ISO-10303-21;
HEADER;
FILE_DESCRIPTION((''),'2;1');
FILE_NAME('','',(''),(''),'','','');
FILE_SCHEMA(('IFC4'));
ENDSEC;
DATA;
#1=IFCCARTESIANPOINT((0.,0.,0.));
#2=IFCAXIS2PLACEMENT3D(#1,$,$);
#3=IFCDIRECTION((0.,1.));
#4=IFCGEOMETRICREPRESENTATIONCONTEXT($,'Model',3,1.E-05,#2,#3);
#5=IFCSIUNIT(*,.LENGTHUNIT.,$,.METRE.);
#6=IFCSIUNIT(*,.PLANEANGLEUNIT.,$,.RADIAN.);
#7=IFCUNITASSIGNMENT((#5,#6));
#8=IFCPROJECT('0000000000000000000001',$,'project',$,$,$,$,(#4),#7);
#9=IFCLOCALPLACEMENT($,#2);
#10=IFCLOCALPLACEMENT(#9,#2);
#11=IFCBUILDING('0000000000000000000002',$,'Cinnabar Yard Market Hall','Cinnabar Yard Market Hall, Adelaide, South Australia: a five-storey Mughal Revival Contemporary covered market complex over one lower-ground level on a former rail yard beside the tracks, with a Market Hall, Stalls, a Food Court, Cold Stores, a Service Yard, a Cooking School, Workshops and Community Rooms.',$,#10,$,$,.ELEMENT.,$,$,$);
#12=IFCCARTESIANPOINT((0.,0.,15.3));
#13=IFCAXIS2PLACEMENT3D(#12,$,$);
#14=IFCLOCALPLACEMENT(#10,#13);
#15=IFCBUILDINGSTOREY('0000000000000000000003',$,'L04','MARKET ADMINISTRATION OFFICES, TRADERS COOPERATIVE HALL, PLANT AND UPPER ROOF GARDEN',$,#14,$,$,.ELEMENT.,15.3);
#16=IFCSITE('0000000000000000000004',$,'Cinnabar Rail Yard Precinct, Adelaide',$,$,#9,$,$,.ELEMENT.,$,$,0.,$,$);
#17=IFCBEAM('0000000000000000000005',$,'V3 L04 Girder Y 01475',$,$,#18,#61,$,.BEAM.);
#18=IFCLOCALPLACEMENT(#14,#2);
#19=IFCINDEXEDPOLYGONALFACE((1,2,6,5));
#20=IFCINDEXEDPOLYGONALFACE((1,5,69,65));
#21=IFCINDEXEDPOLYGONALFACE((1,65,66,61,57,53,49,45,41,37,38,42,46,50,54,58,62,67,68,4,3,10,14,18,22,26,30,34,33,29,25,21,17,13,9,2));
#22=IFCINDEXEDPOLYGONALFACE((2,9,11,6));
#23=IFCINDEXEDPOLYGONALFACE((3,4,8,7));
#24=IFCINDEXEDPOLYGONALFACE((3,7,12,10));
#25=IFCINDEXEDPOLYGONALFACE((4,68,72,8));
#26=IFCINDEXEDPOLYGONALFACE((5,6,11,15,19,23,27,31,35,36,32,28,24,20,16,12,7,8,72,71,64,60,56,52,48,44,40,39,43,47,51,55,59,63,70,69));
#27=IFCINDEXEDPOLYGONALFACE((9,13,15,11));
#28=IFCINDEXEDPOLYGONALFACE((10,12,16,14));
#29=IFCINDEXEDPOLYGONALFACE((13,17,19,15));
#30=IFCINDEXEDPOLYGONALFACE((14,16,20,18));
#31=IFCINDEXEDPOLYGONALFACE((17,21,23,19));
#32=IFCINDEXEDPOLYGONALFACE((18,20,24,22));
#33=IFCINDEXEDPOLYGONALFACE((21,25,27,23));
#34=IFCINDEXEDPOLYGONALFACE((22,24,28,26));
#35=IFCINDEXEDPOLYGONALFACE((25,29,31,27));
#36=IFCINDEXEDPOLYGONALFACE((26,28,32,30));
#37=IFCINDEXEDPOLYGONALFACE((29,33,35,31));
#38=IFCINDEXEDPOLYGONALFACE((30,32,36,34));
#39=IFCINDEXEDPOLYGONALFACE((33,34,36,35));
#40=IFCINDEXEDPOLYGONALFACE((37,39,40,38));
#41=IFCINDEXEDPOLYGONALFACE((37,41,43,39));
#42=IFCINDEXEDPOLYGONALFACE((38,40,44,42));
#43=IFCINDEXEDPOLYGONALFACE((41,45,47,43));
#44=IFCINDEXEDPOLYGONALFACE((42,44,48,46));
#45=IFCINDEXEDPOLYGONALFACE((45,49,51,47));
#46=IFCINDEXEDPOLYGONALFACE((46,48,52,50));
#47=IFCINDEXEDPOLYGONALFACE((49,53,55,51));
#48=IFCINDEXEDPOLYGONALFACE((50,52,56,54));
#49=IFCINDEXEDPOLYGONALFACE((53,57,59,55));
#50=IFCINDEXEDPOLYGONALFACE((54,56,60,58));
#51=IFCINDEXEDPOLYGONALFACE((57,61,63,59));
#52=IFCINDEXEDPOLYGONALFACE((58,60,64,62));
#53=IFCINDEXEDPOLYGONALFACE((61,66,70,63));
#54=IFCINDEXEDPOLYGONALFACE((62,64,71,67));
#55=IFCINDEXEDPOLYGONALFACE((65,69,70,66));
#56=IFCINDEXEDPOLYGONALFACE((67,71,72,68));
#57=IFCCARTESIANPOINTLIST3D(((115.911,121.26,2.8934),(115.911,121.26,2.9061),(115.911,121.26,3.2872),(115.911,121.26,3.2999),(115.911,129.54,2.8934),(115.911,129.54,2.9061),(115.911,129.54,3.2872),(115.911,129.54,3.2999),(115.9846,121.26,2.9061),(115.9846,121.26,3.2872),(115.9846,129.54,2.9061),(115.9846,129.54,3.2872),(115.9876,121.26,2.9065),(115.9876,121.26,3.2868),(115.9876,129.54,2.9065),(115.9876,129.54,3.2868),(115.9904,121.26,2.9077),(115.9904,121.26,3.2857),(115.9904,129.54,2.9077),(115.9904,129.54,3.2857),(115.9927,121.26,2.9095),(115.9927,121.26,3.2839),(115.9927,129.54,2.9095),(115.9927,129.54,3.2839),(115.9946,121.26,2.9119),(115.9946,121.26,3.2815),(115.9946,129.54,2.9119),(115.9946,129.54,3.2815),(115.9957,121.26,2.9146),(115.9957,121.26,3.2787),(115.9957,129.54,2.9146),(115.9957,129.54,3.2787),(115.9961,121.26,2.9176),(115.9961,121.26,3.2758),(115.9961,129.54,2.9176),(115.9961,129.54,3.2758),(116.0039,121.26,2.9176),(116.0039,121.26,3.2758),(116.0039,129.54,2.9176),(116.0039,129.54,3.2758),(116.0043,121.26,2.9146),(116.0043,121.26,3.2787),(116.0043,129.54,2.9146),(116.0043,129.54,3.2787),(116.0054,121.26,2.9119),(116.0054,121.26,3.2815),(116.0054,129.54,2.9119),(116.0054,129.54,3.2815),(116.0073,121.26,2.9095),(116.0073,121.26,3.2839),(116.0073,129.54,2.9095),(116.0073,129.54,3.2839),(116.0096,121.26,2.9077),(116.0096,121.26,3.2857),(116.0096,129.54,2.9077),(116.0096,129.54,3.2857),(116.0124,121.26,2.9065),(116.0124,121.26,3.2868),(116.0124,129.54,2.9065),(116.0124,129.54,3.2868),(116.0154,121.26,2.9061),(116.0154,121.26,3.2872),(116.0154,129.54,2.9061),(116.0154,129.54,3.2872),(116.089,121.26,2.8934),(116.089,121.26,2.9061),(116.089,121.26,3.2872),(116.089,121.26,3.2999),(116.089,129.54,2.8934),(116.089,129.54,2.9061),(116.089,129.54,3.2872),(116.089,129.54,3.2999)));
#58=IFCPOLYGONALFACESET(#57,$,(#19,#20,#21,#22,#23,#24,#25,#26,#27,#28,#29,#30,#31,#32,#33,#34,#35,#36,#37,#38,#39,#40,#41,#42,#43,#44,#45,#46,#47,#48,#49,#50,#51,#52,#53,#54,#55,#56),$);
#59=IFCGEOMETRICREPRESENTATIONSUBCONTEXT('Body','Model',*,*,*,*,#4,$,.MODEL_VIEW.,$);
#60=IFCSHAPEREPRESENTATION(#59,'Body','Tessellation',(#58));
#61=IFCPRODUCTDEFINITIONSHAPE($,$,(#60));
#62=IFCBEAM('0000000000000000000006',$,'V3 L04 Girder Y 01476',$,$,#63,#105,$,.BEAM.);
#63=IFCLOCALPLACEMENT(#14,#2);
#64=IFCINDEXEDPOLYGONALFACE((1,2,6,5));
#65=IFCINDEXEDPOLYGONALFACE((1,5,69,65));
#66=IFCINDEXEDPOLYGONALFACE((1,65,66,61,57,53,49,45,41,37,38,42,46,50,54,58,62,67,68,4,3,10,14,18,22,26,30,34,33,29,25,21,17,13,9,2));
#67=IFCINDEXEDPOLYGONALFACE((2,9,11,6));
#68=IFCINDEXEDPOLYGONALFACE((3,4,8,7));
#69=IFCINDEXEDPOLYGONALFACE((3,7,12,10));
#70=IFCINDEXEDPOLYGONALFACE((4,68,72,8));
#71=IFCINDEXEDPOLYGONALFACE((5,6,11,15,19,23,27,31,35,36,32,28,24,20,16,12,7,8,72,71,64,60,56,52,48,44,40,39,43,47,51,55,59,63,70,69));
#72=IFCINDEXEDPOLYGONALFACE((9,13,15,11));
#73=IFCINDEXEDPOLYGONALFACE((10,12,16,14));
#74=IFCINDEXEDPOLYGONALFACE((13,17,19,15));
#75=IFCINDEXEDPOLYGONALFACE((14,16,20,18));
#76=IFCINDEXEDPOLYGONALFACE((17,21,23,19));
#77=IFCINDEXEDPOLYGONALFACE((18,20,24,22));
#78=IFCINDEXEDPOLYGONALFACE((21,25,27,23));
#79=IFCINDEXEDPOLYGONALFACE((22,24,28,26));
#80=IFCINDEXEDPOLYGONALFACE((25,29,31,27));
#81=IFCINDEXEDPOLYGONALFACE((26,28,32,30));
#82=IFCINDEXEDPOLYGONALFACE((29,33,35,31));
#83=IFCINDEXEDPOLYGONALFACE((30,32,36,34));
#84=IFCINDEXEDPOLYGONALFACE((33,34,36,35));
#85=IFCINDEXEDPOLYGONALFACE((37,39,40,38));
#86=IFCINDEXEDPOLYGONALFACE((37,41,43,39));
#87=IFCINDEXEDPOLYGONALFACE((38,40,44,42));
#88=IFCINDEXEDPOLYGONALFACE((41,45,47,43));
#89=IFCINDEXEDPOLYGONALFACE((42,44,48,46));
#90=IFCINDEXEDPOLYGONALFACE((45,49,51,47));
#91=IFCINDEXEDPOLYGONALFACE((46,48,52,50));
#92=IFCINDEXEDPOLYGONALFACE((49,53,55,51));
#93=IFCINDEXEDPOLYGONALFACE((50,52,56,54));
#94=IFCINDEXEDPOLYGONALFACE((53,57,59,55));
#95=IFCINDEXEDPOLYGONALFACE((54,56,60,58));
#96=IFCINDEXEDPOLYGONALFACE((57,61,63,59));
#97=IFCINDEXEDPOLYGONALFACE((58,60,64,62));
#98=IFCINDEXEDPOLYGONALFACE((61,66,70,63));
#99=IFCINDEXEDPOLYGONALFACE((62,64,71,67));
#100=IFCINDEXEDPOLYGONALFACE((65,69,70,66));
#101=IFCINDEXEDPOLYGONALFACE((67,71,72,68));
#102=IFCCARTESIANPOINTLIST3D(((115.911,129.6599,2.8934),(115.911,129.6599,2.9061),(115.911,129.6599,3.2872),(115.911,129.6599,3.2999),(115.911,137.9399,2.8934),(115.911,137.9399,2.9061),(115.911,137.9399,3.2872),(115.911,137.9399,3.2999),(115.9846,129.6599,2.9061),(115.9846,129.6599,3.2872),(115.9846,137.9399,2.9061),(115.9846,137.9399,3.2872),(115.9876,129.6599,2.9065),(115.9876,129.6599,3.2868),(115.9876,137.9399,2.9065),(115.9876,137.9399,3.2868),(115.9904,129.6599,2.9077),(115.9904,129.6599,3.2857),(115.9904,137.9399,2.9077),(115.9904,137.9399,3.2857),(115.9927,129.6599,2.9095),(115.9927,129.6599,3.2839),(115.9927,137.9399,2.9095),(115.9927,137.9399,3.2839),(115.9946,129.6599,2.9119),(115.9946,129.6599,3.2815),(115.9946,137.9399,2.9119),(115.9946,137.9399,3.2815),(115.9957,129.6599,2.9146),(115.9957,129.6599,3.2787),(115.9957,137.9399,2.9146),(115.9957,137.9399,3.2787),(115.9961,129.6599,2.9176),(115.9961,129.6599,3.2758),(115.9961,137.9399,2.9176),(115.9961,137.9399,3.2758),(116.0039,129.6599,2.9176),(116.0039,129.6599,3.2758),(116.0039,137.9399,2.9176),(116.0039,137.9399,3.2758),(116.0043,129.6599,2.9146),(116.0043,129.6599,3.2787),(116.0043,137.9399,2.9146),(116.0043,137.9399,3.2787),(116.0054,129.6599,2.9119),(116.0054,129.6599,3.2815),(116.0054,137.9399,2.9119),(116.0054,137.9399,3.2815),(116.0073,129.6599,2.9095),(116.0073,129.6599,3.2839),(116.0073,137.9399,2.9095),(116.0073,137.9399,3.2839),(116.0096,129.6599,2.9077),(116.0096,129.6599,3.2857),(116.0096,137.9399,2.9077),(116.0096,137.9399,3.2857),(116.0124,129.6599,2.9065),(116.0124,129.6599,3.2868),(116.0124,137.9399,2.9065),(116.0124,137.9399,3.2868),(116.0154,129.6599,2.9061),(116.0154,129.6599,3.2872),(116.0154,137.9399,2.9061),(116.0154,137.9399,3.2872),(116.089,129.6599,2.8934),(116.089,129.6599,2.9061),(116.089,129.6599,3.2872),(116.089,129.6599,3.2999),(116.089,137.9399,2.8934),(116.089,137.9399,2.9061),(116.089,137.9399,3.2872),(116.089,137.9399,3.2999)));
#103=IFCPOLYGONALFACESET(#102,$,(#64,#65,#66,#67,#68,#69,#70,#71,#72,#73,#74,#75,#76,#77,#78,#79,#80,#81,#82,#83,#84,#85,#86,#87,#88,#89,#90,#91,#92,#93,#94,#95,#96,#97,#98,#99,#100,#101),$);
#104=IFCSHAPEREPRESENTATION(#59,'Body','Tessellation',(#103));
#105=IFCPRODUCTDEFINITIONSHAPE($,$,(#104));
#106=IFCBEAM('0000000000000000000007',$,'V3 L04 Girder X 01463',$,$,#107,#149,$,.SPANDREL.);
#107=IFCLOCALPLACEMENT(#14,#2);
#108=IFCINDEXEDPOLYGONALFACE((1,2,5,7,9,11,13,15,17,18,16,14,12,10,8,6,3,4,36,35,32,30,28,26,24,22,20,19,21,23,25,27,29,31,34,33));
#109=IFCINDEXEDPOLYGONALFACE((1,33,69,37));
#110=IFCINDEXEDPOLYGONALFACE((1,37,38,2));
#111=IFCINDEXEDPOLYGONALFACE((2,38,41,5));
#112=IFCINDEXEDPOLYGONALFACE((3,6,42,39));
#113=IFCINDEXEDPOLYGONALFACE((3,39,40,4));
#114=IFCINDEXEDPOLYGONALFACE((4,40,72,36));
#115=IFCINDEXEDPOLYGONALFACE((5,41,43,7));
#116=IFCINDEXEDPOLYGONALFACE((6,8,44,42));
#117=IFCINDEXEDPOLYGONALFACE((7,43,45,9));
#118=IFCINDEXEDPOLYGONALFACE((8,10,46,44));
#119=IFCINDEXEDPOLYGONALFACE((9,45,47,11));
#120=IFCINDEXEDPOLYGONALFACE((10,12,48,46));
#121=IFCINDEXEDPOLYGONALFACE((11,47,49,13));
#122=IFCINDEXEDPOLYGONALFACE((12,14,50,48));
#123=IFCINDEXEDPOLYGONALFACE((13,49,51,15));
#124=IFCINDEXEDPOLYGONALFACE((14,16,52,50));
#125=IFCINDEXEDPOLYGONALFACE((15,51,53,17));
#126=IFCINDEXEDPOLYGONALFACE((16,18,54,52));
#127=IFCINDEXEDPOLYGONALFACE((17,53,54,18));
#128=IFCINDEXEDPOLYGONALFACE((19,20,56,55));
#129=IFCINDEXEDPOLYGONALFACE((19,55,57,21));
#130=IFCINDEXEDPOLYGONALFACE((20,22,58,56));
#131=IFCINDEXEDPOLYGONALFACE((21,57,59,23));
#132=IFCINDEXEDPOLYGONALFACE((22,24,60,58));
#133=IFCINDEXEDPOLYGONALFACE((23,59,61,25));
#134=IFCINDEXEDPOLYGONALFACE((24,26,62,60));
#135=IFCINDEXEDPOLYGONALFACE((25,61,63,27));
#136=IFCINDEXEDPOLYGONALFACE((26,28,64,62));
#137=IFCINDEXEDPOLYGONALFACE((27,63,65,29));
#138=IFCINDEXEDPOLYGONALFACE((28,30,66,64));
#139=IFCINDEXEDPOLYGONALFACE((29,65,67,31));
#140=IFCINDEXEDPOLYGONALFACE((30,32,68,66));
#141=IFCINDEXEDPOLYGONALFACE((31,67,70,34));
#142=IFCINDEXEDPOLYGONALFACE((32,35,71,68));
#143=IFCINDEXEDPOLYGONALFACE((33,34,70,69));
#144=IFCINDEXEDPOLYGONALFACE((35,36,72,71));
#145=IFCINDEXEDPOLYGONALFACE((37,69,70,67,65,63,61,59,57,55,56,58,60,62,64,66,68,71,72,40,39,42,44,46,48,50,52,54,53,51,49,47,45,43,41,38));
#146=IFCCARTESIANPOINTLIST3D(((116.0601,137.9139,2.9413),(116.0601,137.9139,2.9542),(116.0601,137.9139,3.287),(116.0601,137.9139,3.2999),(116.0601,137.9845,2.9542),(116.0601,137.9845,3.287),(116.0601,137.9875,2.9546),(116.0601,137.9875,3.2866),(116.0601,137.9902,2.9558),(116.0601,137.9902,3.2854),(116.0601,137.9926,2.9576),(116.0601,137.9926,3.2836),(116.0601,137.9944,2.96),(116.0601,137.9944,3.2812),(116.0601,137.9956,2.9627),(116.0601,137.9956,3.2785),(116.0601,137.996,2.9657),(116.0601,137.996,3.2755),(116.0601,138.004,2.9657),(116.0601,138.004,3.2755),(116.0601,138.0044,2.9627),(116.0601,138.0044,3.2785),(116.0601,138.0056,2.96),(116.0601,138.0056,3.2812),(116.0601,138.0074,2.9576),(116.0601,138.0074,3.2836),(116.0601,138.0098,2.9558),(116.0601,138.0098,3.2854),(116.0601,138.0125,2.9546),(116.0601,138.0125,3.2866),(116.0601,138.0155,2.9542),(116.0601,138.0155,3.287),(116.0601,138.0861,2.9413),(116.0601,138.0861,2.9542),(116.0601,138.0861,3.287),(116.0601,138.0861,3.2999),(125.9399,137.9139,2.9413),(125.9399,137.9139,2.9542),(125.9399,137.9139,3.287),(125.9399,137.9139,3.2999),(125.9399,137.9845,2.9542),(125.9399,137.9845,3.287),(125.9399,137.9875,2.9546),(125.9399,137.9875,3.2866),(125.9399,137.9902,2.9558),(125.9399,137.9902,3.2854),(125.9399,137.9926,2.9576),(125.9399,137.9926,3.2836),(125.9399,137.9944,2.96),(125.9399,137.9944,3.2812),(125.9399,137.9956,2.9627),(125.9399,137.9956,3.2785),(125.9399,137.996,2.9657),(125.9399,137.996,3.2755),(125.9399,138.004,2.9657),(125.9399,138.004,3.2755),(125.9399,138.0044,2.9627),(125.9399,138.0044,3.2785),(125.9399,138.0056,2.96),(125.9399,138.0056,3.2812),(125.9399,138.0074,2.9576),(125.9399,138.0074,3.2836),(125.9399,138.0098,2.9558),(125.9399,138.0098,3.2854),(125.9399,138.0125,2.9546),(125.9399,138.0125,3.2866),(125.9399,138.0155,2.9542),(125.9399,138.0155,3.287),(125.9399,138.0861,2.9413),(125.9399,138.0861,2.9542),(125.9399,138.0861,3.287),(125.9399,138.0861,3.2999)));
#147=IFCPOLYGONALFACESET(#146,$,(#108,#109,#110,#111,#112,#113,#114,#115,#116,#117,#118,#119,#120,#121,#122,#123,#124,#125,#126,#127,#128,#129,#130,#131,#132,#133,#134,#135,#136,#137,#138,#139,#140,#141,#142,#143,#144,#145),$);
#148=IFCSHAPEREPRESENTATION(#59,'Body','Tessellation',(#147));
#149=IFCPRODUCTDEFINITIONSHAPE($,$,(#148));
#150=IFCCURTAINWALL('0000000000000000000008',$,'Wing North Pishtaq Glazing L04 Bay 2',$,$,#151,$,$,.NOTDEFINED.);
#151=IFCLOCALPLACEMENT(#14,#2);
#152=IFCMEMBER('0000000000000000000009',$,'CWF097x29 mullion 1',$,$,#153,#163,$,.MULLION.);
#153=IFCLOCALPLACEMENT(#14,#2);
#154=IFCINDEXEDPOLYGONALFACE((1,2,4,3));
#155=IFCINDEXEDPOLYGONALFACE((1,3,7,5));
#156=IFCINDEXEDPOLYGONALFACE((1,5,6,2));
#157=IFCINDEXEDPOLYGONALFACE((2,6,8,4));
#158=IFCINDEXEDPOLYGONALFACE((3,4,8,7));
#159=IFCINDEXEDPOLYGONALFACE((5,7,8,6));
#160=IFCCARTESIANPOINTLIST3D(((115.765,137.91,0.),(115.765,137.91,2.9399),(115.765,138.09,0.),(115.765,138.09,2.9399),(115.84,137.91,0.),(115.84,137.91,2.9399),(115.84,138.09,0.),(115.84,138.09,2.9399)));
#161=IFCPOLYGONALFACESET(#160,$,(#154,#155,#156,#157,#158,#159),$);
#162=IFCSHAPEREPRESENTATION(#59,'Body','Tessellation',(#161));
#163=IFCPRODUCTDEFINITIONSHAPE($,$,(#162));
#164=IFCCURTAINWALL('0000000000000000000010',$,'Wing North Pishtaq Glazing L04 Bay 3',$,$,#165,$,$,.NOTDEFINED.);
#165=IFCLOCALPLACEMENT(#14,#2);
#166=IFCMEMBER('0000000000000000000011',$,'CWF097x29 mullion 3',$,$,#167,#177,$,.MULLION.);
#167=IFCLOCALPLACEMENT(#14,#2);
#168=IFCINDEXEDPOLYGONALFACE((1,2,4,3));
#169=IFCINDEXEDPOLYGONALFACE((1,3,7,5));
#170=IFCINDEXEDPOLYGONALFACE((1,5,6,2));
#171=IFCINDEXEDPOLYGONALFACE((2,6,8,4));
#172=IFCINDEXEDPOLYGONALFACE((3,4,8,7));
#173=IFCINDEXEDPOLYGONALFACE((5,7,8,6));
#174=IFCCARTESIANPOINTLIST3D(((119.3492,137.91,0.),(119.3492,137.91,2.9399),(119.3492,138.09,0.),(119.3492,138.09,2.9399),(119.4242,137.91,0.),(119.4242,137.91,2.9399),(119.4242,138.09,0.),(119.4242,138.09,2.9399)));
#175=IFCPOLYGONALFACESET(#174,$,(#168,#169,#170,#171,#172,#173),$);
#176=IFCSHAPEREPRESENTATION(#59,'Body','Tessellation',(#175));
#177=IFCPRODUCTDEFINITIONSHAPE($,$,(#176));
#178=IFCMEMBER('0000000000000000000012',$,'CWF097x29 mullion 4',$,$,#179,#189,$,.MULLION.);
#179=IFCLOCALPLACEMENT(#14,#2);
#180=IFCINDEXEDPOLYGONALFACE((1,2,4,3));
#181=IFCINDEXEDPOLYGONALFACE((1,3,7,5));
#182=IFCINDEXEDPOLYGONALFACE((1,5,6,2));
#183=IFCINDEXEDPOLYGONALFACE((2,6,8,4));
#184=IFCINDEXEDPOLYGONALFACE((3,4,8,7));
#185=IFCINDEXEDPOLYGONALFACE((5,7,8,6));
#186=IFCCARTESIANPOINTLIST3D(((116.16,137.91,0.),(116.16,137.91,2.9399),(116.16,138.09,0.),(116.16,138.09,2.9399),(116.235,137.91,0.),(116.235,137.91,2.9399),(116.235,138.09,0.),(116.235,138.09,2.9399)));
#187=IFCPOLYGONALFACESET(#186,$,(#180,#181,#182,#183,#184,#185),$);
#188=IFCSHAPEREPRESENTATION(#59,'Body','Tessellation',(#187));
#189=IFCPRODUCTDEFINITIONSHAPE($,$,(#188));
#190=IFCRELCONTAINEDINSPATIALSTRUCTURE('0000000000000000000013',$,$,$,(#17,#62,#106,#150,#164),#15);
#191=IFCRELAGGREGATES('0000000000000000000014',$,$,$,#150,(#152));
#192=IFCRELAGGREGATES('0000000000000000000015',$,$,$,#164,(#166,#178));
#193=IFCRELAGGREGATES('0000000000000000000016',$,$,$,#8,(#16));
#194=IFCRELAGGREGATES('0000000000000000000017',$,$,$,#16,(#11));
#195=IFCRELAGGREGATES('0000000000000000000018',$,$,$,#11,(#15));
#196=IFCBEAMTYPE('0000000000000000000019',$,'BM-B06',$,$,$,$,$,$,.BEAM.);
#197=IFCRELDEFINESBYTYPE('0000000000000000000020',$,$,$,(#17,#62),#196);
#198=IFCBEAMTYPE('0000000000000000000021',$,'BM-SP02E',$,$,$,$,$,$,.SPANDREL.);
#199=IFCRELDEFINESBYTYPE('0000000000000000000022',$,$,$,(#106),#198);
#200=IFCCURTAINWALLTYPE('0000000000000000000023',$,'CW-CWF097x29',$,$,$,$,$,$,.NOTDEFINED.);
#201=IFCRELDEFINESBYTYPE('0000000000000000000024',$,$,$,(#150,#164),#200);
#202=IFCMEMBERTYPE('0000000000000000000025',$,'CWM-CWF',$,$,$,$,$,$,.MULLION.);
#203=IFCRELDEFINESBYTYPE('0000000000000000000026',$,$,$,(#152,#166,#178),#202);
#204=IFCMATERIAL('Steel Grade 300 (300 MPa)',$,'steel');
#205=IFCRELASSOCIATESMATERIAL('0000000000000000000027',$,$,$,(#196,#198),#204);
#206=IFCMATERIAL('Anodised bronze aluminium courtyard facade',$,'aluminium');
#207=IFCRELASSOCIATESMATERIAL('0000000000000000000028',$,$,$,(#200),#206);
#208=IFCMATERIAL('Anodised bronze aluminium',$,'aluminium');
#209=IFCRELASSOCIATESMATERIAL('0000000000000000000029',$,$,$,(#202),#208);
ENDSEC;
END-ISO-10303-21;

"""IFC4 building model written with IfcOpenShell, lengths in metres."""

from ifc_helpers import new_model, si_unit, direction, frame, origin, origin_2d_with_axis, place, context, subcontext, project, spatial, rectangle, i_section, extrude, material, material_profile, profile_set, type_object, element, aggregate, save


model = new_model("IFC4")

# Units and contexts
model_context = context("Model", 3, precision=1e-05, world=origin(), true_north=direction((0.0, 1.0)))
body_context = subcontext(model_context, "Body", "Model", "MODEL_VIEW")
ifc_project = project(units=[si_unit("LENGTHUNIT", "METRE"), si_unit("PLANEANGLEUNIT", "RADIAN")], contexts=[model_context])

# Site, building, storey
site_placement = place(None, origin())
site = spatial("IfcSite", under=ifc_project, at=site_placement, Name="Cinnabar Rail Yard Precinct, Adelaide", CompositionType="ELEMENT", RefElevation=0.0)
building_placement = place(site_placement, origin())
building = spatial("IfcBuilding", under=site, at=building_placement, Name="Cinnabar Yard Market Hall", Description="Cinnabar Yard Market Hall, Adelaide, South Australia: a five-storey Mughal Revival Contemporary covered market complex over one lower-ground level on a former rail yard beside the tracks, with a Market Hall, Stalls, a Food Court, Cold Stores, a Service Yard, a Cooking School, Workshops and Community Rooms.", CompositionType="ELEMENT")
storey_placement = place(building_placement, frame((0.0, 0.0, 15.3)))
storey = spatial("IfcBuildingStorey", under=building, at=storey_placement, Name="L04", Description="MARKET ADMINISTRATION OFFICES, TRADERS COOPERATIVE HALL, PLANT AND UPPER ROOF GARDEN", CompositionType="ELEMENT", Elevation=15.3)

# Shared definitions
ifc_material_1 = material(Name="Steel Grade 300 (300 MPa)", Category="steel")

# Beams
ifc_material_profile_1 = material_profile(ifc_material_1, i_section(OverallWidth=0.178, OverallDepth=0.4065, WebThickness=0.0078, FlangeThickness=0.0127, FilletRadius=0.0115, at=origin_2d_with_axis()), Name="410UB59.7")
ifc_profile_set_1 = profile_set([ifc_material_profile_1], Name="Steel Grade 300 (300 MPa)")
beam_type_1 = type_object("IfcBeamType", Name="BM-B06", PredefinedType="BEAM", material=ifc_profile_set_1)
for number, where, z_axis, x_axis, name in (
    (1, (116.0, 121.26, 3.0967), (0.0, 1.0, 0.0), (-1.0, 0.0, 0.0), "V3 L04 Girder Y 01475"),
    (2, (116.0, 129.6599, 3.0967), (0.0, 1.0, 0.0), (-1.0, 0.0, 0.0), "V3 L04 Girder Y 01476"),
):
    element("IfcBeam", number, at=place(storey_placement, frame(where, z_axis=z_axis, x_axis=x_axis)), inside=storey, type_object=beam_type_1, Name=name, PredefinedType="BEAM", context=body_context, shape_type="SweptSolid", body=[
        extrude(i_section(OverallWidth=0.178, OverallDepth=0.4065, WebThickness=0.0078, FlangeThickness=0.0127, FilletRadius=0.0115, at=origin_2d_with_axis()), origin(), (0.0, 0.0, 1.0), 8.28),
    ])
ifc_material_profile_2 = material_profile(ifc_material_1, i_section(OverallWidth=0.1721, OverallDepth=0.3586, WebThickness=0.0081, FlangeThickness=0.0129, FilletRadius=0.0115, at=origin_2d_with_axis()), Name="360UB56.7")
ifc_profile_set_2 = profile_set([ifc_material_profile_2], Name="Steel Grade 300 (300 MPa)")
beam_type_2 = type_object("IfcBeamType", Name="BM-SP02E", PredefinedType="SPANDREL", material=ifc_profile_set_2)
beam_placement = place(storey_placement, frame((116.0601, 138.0, 3.1206), z_axis=(1.0, 0.0, 0.0), x_axis=(0.0, 1.0, 0.0)))
element("IfcBeam", 3, at=beam_placement, inside=storey, type_object=beam_type_2, Name="V3 L04 Girder X 01463", PredefinedType="SPANDREL", context=body_context, shape_type="SweptSolid", body=[
    extrude(i_section(OverallWidth=0.1721, OverallDepth=0.3586, WebThickness=0.0081, FlangeThickness=0.0129, FilletRadius=0.0115, at=origin_2d_with_axis()), origin(), (0.0, 0.0, 1.0), 9.8799),
])

# Curtain wall, member
ifc_material_2 = material(Name="Anodised bronze aluminium courtyard facade", Category="aluminium")
curtain_wall_type = type_object("IfcCurtainWallType", Name="CW-CWF097x29", PredefinedType="NOTDEFINED", material=ifc_material_2)
curtain_wall_1_placement = place(storey_placement, origin())
curtain_wall_1 = element("IfcCurtainWall", 4, at=curtain_wall_1_placement, inside=storey, type_object=curtain_wall_type, Name="Wing North Pishtaq Glazing L04 Bay 2", PredefinedType="NOTDEFINED")
ifc_material_3 = material(Name="Anodised bronze aluminium", Category="aluminium")
ifc_material_profile_3 = material_profile(ifc_material_3, rectangle(XDim=0.1799, YDim=0.075, at=origin_2d_with_axis()), Name="MUL-CWF")
ifc_profile_set_3 = profile_set([ifc_material_profile_3], Name="Anodised bronze aluminium")
member_type_1 = type_object("IfcMemberType", Name="CWM-CWF", PredefinedType="MULLION", material=ifc_profile_set_3)
member_1_placement = place(storey_placement, frame((115.8025, 138.0, 0.0), z_axis=(0.0, 0.0, 1.0), x_axis=(0.0, -1.0, 0.0)))
member_1 = element("IfcMember", 5, at=member_1_placement, type_object=member_type_1, Name="CWF097x29 mullion 1", PredefinedType="MULLION", context=body_context, shape_type="SweptSolid", body=[
    extrude(rectangle(XDim=0.1799, YDim=0.075, at=origin_2d_with_axis()), origin(), (0.0, 0.0, 1.0), 2.9399),
])

# Curtain wall, members
curtain_wall_2_placement = place(storey_placement, origin())
curtain_wall_2 = element("IfcCurtainWall", 6, at=curtain_wall_2_placement, inside=storey, type_object=curtain_wall_type, Name="Wing North Pishtaq Glazing L04 Bay 3", PredefinedType="NOTDEFINED")
member_2_placement = place(storey_placement, frame((119.3867, 138.0, 0.0), z_axis=(0.0, 0.0, 1.0), x_axis=(0.0, -1.0, 0.0)))
member_2 = element("IfcMember", 7, at=member_2_placement, type_object=member_type_1, Name="CWF097x29 mullion 3", PredefinedType="MULLION", context=body_context, shape_type="SweptSolid", body=[
    extrude(rectangle(XDim=0.1799, YDim=0.075, at=origin_2d_with_axis()), origin(), (0.0, 0.0, 1.0), 2.9399),
])
member_3_placement = place(storey_placement, frame((116.1975, 138.0, 0.0), z_axis=(0.0, 0.0, 1.0), x_axis=(0.0, -1.0, 0.0)))
member_3 = element("IfcMember", 8, at=member_3_placement, type_object=member_type_1, Name="CWF097x29 mullion 4", PredefinedType="MULLION", context=body_context, shape_type="SweptSolid", body=[
    extrude(rectangle(XDim=0.1799, YDim=0.075, at=origin_2d_with_axis()), origin(), (0.0, 0.0, 1.0), 2.9399),
])

aggregate(curtain_wall_1, [member_1])

aggregate(curtain_wall_2, [member_2, member_3])

save(model, "model.ifc")
